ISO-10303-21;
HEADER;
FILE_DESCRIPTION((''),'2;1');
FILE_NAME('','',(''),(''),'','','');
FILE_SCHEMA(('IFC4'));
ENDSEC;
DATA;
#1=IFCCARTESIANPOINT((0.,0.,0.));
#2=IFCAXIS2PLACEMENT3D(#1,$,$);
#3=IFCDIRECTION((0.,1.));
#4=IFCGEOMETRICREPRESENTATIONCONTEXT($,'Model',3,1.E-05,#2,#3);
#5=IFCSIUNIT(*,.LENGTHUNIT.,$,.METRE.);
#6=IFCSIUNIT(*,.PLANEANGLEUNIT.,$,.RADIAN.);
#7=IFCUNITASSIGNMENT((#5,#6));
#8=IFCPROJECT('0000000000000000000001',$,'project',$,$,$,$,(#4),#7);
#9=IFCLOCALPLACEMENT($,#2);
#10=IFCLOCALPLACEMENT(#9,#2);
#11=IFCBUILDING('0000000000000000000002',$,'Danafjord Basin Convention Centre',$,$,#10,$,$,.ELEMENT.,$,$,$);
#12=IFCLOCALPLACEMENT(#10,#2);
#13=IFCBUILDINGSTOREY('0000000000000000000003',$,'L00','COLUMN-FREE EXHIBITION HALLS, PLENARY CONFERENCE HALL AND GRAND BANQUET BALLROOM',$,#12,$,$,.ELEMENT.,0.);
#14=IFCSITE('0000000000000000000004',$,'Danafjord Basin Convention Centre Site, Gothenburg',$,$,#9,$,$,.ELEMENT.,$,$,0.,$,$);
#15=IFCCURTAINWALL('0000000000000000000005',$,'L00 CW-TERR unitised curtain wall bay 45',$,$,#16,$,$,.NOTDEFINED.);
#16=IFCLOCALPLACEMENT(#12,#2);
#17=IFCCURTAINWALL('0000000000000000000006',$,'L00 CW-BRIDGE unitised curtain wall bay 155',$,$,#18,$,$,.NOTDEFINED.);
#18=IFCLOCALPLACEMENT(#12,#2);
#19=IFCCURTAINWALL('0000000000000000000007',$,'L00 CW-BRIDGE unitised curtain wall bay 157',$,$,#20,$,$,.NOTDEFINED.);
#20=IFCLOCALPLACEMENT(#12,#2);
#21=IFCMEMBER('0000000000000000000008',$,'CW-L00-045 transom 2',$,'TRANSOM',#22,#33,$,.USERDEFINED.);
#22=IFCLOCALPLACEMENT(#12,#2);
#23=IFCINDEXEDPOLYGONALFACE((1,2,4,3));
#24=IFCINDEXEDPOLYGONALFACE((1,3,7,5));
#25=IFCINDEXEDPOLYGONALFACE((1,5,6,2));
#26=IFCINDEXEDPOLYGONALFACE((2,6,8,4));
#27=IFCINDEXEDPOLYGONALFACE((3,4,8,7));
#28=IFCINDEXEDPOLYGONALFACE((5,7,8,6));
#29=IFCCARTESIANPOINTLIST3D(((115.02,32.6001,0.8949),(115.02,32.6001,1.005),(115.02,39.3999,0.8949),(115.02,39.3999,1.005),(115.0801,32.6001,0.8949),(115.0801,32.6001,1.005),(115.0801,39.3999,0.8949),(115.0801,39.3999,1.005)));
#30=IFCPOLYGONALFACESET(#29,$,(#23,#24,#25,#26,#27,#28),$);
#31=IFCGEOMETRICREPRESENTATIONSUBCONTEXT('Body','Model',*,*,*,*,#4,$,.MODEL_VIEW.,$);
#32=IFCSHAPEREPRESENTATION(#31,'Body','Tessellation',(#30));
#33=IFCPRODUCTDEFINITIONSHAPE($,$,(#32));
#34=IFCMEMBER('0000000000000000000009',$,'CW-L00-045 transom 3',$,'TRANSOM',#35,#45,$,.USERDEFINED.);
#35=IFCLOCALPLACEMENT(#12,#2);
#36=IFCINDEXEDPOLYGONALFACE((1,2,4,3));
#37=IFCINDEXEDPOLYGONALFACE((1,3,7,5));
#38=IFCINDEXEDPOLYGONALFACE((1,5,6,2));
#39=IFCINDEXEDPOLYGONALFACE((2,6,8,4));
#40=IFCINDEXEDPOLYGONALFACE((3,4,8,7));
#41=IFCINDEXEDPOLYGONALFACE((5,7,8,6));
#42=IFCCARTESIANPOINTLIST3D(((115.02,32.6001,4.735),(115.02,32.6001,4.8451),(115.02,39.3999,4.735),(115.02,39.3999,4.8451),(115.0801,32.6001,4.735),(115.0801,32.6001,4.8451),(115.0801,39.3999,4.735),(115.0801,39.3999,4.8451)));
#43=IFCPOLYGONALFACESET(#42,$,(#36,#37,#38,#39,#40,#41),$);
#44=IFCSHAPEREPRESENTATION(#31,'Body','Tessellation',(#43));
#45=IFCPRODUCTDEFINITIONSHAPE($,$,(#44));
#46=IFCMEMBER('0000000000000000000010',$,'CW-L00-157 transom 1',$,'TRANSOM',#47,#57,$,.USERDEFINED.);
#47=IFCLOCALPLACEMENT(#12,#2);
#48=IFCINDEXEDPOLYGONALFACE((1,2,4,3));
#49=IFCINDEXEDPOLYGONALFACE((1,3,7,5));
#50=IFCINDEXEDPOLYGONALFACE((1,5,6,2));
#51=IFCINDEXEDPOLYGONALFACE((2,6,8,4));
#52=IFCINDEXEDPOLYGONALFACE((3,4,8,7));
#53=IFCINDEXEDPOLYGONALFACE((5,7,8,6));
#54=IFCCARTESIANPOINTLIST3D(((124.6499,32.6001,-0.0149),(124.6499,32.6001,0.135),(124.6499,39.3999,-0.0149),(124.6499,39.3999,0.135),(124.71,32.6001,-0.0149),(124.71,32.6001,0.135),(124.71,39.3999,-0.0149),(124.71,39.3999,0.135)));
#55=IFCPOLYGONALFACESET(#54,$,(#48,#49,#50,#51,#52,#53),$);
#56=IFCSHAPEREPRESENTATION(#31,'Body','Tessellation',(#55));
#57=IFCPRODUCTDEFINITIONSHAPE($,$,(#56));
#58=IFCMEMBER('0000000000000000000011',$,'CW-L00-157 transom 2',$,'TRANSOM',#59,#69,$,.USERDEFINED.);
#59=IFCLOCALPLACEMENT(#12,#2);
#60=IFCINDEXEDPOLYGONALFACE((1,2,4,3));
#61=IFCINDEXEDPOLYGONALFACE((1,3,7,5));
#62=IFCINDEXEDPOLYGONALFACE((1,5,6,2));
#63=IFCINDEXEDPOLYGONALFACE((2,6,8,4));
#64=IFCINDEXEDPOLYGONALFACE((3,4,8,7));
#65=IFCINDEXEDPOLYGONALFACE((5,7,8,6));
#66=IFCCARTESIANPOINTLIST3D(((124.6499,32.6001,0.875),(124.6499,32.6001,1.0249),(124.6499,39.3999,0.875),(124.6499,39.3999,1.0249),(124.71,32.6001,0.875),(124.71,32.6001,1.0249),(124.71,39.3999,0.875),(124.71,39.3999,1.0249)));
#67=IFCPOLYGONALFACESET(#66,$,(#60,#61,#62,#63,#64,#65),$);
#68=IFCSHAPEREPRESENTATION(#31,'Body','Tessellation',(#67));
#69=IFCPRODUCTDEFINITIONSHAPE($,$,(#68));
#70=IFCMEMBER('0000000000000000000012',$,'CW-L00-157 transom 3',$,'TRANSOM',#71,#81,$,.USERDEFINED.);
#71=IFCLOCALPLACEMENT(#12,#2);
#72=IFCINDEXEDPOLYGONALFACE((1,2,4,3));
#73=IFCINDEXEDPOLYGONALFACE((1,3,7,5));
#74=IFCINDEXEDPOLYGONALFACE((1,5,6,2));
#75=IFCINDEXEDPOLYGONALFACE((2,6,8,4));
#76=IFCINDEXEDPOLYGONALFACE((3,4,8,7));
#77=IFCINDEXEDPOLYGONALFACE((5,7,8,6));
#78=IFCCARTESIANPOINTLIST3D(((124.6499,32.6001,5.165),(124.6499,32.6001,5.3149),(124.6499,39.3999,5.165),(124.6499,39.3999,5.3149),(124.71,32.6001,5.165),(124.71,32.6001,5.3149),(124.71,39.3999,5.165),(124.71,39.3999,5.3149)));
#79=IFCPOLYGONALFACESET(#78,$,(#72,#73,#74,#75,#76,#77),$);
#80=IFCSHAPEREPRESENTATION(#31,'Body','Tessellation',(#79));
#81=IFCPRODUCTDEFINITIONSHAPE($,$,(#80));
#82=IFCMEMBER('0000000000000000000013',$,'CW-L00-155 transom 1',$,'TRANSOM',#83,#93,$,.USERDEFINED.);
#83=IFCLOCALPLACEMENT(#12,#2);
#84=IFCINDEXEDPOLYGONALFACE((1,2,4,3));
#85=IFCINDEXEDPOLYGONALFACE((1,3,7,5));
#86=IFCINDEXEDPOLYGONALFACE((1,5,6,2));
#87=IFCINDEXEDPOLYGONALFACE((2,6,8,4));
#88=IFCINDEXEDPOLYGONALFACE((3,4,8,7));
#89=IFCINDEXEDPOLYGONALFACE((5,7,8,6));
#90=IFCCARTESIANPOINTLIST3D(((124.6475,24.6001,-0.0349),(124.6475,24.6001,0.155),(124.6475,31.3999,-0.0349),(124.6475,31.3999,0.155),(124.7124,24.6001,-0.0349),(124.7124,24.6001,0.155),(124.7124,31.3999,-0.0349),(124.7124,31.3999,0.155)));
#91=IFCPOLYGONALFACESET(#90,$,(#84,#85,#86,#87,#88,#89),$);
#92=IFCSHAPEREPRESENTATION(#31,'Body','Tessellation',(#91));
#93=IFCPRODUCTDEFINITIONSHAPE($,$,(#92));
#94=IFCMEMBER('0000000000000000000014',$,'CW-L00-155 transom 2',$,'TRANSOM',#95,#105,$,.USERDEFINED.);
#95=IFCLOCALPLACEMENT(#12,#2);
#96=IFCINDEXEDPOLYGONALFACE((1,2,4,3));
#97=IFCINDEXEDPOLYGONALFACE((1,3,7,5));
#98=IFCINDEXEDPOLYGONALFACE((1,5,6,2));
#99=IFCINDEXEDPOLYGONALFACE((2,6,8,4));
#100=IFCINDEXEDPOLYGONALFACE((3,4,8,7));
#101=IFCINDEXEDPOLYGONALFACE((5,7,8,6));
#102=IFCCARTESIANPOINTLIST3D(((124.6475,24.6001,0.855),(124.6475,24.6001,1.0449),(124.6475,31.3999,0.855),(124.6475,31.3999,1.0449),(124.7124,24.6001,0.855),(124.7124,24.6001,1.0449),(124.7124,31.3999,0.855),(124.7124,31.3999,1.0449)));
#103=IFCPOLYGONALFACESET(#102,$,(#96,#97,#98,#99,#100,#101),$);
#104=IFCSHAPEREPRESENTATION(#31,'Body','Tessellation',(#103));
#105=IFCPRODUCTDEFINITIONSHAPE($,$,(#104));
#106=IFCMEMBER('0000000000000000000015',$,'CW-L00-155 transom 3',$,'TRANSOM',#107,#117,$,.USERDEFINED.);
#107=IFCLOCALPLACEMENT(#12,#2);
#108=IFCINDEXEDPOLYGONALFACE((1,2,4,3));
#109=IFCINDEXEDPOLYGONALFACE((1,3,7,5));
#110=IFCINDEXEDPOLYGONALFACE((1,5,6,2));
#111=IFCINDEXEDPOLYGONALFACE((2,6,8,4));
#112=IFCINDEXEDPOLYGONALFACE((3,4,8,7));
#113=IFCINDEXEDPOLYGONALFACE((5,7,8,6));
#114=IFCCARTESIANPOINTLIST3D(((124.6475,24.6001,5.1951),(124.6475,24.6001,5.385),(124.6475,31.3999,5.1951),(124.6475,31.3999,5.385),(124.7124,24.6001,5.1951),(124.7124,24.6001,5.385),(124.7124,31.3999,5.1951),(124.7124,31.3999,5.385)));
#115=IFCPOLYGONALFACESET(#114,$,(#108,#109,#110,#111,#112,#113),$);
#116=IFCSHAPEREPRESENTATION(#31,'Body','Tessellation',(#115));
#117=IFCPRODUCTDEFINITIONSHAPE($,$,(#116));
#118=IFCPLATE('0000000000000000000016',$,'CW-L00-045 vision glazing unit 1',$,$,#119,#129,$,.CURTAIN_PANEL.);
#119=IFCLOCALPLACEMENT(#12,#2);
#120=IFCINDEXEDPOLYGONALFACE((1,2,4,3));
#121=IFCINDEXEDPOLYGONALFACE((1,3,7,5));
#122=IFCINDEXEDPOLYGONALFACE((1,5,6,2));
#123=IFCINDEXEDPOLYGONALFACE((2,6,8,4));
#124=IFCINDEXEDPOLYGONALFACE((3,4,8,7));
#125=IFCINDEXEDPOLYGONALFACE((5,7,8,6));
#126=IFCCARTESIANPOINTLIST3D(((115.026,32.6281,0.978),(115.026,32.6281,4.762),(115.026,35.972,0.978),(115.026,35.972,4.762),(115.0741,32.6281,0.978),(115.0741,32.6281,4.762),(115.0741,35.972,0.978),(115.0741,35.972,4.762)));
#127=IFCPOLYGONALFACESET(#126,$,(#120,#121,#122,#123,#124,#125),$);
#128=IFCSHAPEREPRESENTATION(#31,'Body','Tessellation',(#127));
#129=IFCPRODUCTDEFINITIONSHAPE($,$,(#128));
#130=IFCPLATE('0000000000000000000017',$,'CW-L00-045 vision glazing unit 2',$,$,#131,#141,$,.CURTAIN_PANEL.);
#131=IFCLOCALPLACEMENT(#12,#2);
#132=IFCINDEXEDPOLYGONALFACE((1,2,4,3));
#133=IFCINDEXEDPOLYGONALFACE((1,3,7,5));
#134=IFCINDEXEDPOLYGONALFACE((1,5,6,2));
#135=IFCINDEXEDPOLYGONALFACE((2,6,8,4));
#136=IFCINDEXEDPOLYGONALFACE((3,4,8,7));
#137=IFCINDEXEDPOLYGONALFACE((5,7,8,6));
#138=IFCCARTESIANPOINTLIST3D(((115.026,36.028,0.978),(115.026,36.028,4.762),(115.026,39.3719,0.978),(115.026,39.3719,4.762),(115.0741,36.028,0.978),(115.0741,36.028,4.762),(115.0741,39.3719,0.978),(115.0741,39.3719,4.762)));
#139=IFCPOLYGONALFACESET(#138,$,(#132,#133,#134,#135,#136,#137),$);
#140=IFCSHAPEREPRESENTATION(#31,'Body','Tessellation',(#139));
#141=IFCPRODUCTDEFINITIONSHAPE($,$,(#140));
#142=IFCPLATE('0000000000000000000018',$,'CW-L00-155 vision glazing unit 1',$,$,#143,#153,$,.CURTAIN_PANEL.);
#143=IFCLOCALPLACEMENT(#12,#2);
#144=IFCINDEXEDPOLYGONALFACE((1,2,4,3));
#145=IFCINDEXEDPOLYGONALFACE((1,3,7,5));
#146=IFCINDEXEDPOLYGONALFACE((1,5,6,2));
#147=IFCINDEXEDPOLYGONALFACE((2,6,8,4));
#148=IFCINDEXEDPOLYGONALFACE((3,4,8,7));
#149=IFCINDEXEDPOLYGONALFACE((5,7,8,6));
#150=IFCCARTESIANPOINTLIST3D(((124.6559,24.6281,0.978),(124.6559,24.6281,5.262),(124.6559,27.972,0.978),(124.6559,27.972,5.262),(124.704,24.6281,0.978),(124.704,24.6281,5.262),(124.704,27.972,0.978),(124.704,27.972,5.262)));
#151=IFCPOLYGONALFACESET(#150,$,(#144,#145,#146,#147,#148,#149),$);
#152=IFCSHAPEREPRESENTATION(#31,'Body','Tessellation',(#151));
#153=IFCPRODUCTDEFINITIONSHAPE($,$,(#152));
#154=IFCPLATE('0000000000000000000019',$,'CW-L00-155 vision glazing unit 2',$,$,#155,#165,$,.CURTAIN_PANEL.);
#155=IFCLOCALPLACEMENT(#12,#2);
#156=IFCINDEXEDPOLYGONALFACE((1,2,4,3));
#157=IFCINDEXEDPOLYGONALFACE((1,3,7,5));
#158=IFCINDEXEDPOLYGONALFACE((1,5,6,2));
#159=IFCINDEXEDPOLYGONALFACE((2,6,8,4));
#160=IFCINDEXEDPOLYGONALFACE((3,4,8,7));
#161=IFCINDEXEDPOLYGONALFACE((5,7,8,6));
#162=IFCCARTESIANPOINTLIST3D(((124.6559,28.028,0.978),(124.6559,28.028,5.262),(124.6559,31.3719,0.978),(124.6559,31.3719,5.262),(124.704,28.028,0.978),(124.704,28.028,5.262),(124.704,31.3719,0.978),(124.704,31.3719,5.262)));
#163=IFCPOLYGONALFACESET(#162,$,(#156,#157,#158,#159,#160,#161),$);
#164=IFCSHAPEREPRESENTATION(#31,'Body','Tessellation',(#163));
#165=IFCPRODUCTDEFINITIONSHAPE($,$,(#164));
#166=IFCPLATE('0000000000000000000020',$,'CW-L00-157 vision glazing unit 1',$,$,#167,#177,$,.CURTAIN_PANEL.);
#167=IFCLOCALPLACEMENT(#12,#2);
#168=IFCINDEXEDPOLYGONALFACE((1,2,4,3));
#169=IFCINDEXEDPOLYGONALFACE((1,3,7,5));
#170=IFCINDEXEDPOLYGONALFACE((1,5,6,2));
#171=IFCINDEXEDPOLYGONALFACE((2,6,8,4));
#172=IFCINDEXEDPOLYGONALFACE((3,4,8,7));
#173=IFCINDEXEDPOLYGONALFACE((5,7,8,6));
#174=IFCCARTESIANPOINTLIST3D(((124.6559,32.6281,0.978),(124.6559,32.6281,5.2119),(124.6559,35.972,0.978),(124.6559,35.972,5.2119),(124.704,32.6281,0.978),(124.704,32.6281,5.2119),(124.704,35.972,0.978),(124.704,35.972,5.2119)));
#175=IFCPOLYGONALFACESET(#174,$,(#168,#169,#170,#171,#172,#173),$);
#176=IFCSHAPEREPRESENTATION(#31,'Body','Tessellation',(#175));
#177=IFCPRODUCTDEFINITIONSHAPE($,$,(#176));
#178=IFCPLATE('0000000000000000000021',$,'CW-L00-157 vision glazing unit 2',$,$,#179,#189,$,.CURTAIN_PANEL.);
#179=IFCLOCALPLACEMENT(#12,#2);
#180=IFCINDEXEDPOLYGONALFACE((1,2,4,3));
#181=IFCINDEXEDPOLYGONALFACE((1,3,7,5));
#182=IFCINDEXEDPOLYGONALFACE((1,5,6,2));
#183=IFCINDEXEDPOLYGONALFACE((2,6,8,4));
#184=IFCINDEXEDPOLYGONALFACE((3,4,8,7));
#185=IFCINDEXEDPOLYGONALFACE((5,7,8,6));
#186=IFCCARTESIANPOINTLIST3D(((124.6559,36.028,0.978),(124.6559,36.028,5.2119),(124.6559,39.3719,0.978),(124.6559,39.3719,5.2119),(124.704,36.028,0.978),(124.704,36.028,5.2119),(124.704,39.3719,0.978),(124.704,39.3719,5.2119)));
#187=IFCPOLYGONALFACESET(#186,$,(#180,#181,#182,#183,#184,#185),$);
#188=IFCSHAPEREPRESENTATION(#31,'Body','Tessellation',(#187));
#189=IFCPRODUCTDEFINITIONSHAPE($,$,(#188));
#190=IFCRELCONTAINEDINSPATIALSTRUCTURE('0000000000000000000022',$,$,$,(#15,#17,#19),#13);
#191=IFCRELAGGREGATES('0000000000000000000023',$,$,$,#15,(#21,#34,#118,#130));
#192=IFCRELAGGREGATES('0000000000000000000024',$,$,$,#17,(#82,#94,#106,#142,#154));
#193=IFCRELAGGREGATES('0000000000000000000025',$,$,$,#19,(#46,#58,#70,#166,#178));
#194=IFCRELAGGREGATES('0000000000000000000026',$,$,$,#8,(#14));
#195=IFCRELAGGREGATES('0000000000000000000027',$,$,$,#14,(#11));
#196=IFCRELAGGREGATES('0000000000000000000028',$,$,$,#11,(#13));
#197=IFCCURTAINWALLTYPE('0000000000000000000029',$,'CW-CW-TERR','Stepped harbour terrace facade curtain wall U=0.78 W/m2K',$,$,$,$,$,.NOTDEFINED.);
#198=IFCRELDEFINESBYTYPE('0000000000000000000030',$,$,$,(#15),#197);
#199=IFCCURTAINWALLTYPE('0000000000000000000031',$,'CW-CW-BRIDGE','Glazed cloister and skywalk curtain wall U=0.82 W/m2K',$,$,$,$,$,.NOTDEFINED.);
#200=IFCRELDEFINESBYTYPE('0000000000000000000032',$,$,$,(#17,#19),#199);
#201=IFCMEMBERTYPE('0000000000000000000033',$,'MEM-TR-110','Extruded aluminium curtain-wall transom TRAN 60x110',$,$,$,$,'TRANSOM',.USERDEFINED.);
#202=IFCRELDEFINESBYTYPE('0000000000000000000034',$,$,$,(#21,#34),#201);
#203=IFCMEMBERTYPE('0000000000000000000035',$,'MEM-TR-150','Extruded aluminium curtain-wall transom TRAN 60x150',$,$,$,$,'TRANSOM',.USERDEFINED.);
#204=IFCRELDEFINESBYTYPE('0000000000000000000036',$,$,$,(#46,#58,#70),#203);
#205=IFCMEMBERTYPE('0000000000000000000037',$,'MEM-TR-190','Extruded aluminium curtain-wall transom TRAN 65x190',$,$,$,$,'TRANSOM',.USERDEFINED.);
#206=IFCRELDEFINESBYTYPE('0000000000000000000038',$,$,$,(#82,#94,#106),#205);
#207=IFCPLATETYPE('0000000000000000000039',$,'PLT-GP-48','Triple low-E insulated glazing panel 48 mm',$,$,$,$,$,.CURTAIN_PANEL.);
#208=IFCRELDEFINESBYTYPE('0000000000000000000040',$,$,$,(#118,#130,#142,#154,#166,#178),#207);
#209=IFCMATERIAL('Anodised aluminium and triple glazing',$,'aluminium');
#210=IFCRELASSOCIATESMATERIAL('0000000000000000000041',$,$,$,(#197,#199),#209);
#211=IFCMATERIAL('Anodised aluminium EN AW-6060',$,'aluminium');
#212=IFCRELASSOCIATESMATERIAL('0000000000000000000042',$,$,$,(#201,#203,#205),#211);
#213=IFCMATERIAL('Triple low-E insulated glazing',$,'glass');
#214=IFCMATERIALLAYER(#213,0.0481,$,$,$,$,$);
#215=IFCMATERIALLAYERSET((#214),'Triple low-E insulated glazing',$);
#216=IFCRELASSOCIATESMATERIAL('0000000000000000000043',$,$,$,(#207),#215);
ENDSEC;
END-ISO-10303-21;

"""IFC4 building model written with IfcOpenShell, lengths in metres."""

from ifc_helpers import new_model, si_unit, direction, frame, origin, origin_2d, place, context, subcontext, project, spatial, rectangle, extrude, material, layer, layer_set, material_profile, profile_set, type_object, element, aggregate, save


model = new_model("IFC4")

# Units and contexts
model_context = context("Model", 3, precision=1e-05, world=origin(), true_north=direction((0.0, 1.0)))
body_context = subcontext(model_context, "Body", "Model", "MODEL_VIEW")
ifc_project = project(units=[si_unit("LENGTHUNIT", "METRE"), si_unit("PLANEANGLEUNIT", "RADIAN")], contexts=[model_context])

# Site, building, storey
site_placement = place(None, origin())
site = spatial("IfcSite", under=ifc_project, at=site_placement, Name="Danafjord Basin Convention Centre Site, Gothenburg", CompositionType="ELEMENT", RefElevation=0.0)
building_placement = place(site_placement, origin())
building = spatial("IfcBuilding", under=site, at=building_placement, Name="Danafjord Basin Convention Centre", CompositionType="ELEMENT")
storey_placement = place(building_placement, origin())
storey = spatial("IfcBuildingStorey", under=building, at=storey_placement, Name="L00", Description="COLUMN-FREE EXHIBITION HALLS, PLENARY CONFERENCE HALL AND GRAND BANQUET BALLROOM", CompositionType="ELEMENT", Elevation=0.0)

# Curtain walls
ifc_material_1 = material(Name="Anodised aluminium and triple glazing", Category="aluminium")
curtain_wall_type_1 = type_object("IfcCurtainWallType", Name="CW-CW-TERR", Description="Stepped harbour terrace facade curtain wall U=0.78 W/m2K", PredefinedType="NOTDEFINED", material=ifc_material_1)
curtain_wall_1_placement = place(storey_placement, origin())
curtain_wall_1 = element("IfcCurtainWall", 1, at=curtain_wall_1_placement, inside=storey, type_object=curtain_wall_type_1, Name="L00 CW-TERR unitised curtain wall bay 45", PredefinedType="NOTDEFINED")
ifc_material_2 = material(Name="Anodised aluminium EN AW-6060", Category="aluminium")
curtain_wall_type_2 = type_object("IfcCurtainWallType", Name="CW-CW-BRIDGE", Description="Glazed cloister and skywalk curtain wall U=0.82 W/m2K", PredefinedType="NOTDEFINED", material=ifc_material_1)
curtain_wall_2_placement = place(storey_placement, origin())
curtain_wall_2 = element("IfcCurtainWall", 2, at=curtain_wall_2_placement, inside=storey, type_object=curtain_wall_type_2, Name="L00 CW-BRIDGE unitised curtain wall bay 155", PredefinedType="NOTDEFINED")
curtain_wall_3_placement = place(storey_placement, origin())
curtain_wall_3 = element("IfcCurtainWall", 3, at=curtain_wall_3_placement, inside=storey, type_object=curtain_wall_type_2, Name="L00 CW-BRIDGE unitised curtain wall bay 157", PredefinedType="NOTDEFINED")

# Members
ifc_material_profile_1 = material_profile(ifc_material_2, rectangle(XDim=0.0601, YDim=0.1101, at=origin_2d()), Name="TRAN 60x110")
ifc_profile_set_1 = profile_set([ifc_material_profile_1], Name="Anodised aluminium EN AW-6060")
member_type_1 = type_object("IfcMemberType", Name="MEM-TR-110", Description="Extruded aluminium curtain-wall transom TRAN 60x110", ElementType="TRANSOM", PredefinedType="USERDEFINED", material=ifc_profile_set_1)
member_1_placement = place(storey_placement, frame((115.05, 32.6001, 0.95), z_axis=(0.0, 1.0, 0.0), x_axis=(-1.0, 0.0, 0.0)))
member_1 = element("IfcMember", 4, at=member_1_placement, type_object=member_type_1, Name="CW-L00-045 transom 2", ObjectType="TRANSOM", PredefinedType="USERDEFINED", context=body_context, shape_type="SweptSolid", body=[
    extrude(rectangle(XDim=0.0601, YDim=0.1101, at=origin_2d()), origin(), (0.0, 0.0, 1.0), 6.7998),
])
member_2_placement = place(storey_placement, frame((115.05, 32.6001, 4.79), z_axis=(0.0, 1.0, 0.0), x_axis=(-1.0, 0.0, 0.0)))
member_2 = element("IfcMember", 5, at=member_2_placement, type_object=member_type_1, Name="CW-L00-045 transom 3", ObjectType="TRANSOM", PredefinedType="USERDEFINED", context=body_context, shape_type="SweptSolid", body=[
    extrude(rectangle(XDim=0.0601, YDim=0.1101, at=origin_2d()), origin(), (0.0, 0.0, 1.0), 6.7998),
])
ifc_material_profile_2 = material_profile(ifc_material_2, rectangle(XDim=0.0601, YDim=0.1499, at=origin_2d()), Name="TRAN 60x150")
ifc_profile_set_2 = profile_set([ifc_material_profile_2], Name="Anodised aluminium EN AW-6060")
member_type_2 = type_object("IfcMemberType", Name="MEM-TR-150", Description="Extruded aluminium curtain-wall transom TRAN 60x150", ElementType="TRANSOM", PredefinedType="USERDEFINED", material=ifc_profile_set_2)
member_3_placement = place(storey_placement, frame((124.6799, 32.6001, 0.0601), z_axis=(0.0, 1.0, 0.0), x_axis=(-1.0, 0.0, 0.0)))
member_3 = element("IfcMember", 6, at=member_3_placement, type_object=member_type_2, Name="CW-L00-157 transom 1", ObjectType="TRANSOM", PredefinedType="USERDEFINED", context=body_context, shape_type="SweptSolid", body=[
    extrude(rectangle(XDim=0.0601, YDim=0.1499, at=origin_2d()), origin(), (0.0, 0.0, 1.0), 6.7998),
])
member_4_placement = place(storey_placement, frame((124.6799, 32.6001, 0.95), z_axis=(0.0, 1.0, 0.0), x_axis=(-1.0, 0.0, 0.0)))
member_4 = element("IfcMember", 7, at=member_4_placement, type_object=member_type_2, Name="CW-L00-157 transom 2", ObjectType="TRANSOM", PredefinedType="USERDEFINED", context=body_context, shape_type="SweptSolid", body=[
    extrude(rectangle(XDim=0.0601, YDim=0.1499, at=origin_2d()), origin(), (0.0, 0.0, 1.0), 6.7998),
])
member_5_placement = place(storey_placement, frame((124.6799, 32.6001, 5.24), z_axis=(0.0, 1.0, 0.0), x_axis=(-1.0, 0.0, 0.0)))
member_5 = element("IfcMember", 8, at=member_5_placement, type_object=member_type_2, Name="CW-L00-157 transom 3", ObjectType="TRANSOM", PredefinedType="USERDEFINED", context=body_context, shape_type="SweptSolid", body=[
    extrude(rectangle(XDim=0.0601, YDim=0.1499, at=origin_2d()), origin(), (0.0, 0.0, 1.0), 6.7998),
])
ifc_material_profile_3 = material_profile(ifc_material_2, rectangle(XDim=0.0649, YDim=0.1899, at=origin_2d()), Name="TRAN 65x190")
ifc_profile_set_3 = profile_set([ifc_material_profile_3], Name="Anodised aluminium EN AW-6060")
member_type_3 = type_object("IfcMemberType", Name="MEM-TR-190", Description="Extruded aluminium curtain-wall transom TRAN 65x190", ElementType="TRANSOM", PredefinedType="USERDEFINED", material=ifc_profile_set_3)
member_6_placement = place(storey_placement, frame((124.6799, 24.6001, 0.0601), z_axis=(0.0, 1.0, 0.0), x_axis=(-1.0, 0.0, 0.0)))
member_6 = element("IfcMember", 9, at=member_6_placement, type_object=member_type_3, Name="CW-L00-155 transom 1", ObjectType="TRANSOM", PredefinedType="USERDEFINED", context=body_context, shape_type="SweptSolid", body=[
    extrude(rectangle(XDim=0.0649, YDim=0.1899, at=origin_2d()), origin(), (0.0, 0.0, 1.0), 6.7998),
])
member_7_placement = place(storey_placement, frame((124.6799, 24.6001, 0.95), z_axis=(0.0, 1.0, 0.0), x_axis=(-1.0, 0.0, 0.0)))
member_7 = element("IfcMember", 10, at=member_7_placement, type_object=member_type_3, Name="CW-L00-155 transom 2", ObjectType="TRANSOM", PredefinedType="USERDEFINED", context=body_context, shape_type="SweptSolid", body=[
    extrude(rectangle(XDim=0.0649, YDim=0.1899, at=origin_2d()), origin(), (0.0, 0.0, 1.0), 6.7998),
])
member_8_placement = place(storey_placement, frame((124.6799, 24.6001, 5.29), z_axis=(0.0, 1.0, 0.0), x_axis=(-1.0, 0.0, 0.0)))
member_8 = element("IfcMember", 11, at=member_8_placement, type_object=member_type_3, Name="CW-L00-155 transom 3", ObjectType="TRANSOM", PredefinedType="USERDEFINED", context=body_context, shape_type="SweptSolid", body=[
    extrude(rectangle(XDim=0.0649, YDim=0.1899, at=origin_2d()), origin(), (0.0, 0.0, 1.0), 6.7998),
])

# Plates
ifc_material_3 = material(Name="Triple low-E insulated glazing", Category="glass")
ifc_layer_1 = layer(ifc_material_3, 0.0481)
ifc_layer_set_1 = layer_set([ifc_layer_1], Name="Triple low-E insulated glazing")
plate_type_1 = type_object("IfcPlateType", Name="PLT-GP-48", Description="Triple low-E insulated glazing panel 48 mm", PredefinedType="CURTAIN_PANEL", material=ifc_layer_set_1)
plate_1_placement = place(storey_placement, frame((115.05, 34.3, 0.978), z_axis=(0.0, 0.0, 1.0), x_axis=(0.0, 1.0, 0.0)))
plate_1 = element("IfcPlate", 12, at=plate_1_placement, type_object=plate_type_1, Name="CW-L00-045 vision glazing unit 1", PredefinedType="CURTAIN_PANEL", context=body_context, shape_type="SweptSolid", body=[
    extrude(rectangle(XDim=3.344, YDim=0.0481, at=origin_2d()), origin(), (0.0, 0.0, 1.0), 3.7839),
])
plate_2_placement = place(storey_placement, frame((115.05, 37.7, 0.978), z_axis=(0.0, 0.0, 1.0), x_axis=(0.0, 1.0, 0.0)))
plate_2 = element("IfcPlate", 13, at=plate_2_placement, type_object=plate_type_1, Name="CW-L00-045 vision glazing unit 2", PredefinedType="CURTAIN_PANEL", context=body_context, shape_type="SweptSolid", body=[
    extrude(rectangle(XDim=3.344, YDim=0.0481, at=origin_2d()), origin(), (0.0, 0.0, 1.0), 3.7839),
])
plate_3_placement = place(storey_placement, frame((124.6799, 26.3, 0.978), z_axis=(0.0, 0.0, 1.0), x_axis=(0.0, 1.0, 0.0)))
plate_3 = element("IfcPlate", 14, at=plate_3_placement, type_object=plate_type_1, Name="CW-L00-155 vision glazing unit 1", PredefinedType="CURTAIN_PANEL", context=body_context, shape_type="SweptSolid", body=[
    extrude(rectangle(XDim=3.344, YDim=0.0481, at=origin_2d()), origin(), (0.0, 0.0, 1.0), 4.2839),
])
plate_4_placement = place(storey_placement, frame((124.6799, 29.7, 0.978), z_axis=(0.0, 0.0, 1.0), x_axis=(0.0, 1.0, 0.0)))
plate_4 = element("IfcPlate", 15, at=plate_4_placement, type_object=plate_type_1, Name="CW-L00-155 vision glazing unit 2", PredefinedType="CURTAIN_PANEL", context=body_context, shape_type="SweptSolid", body=[
    extrude(rectangle(XDim=3.344, YDim=0.0481, at=origin_2d()), origin(), (0.0, 0.0, 1.0), 4.2839),
])
plate_5_placement = place(storey_placement, frame((124.6799, 34.3, 0.978), z_axis=(0.0, 0.0, 1.0), x_axis=(0.0, 1.0, 0.0)))
plate_5 = element("IfcPlate", 16, at=plate_5_placement, type_object=plate_type_1, Name="CW-L00-157 vision glazing unit 1", PredefinedType="CURTAIN_PANEL", context=body_context, shape_type="SweptSolid", body=[
    extrude(rectangle(XDim=3.344, YDim=0.0481, at=origin_2d()), origin(), (0.0, 0.0, 1.0), 4.2339),
])
plate_6_placement = place(storey_placement, frame((124.6799, 37.7, 0.978), z_axis=(0.0, 0.0, 1.0), x_axis=(0.0, 1.0, 0.0)))
plate_6 = element("IfcPlate", 17, at=plate_6_placement, type_object=plate_type_1, Name="CW-L00-157 vision glazing unit 2", PredefinedType="CURTAIN_PANEL", context=body_context, shape_type="SweptSolid", body=[
    extrude(rectangle(XDim=3.344, YDim=0.0481, at=origin_2d()), origin(), (0.0, 0.0, 1.0), 4.2339),
])
aggregate(curtain_wall_1, [member_1, member_2, plate_1, plate_2])
aggregate(curtain_wall_2, [member_6, member_7, member_8, plate_3, plate_4])
aggregate(curtain_wall_3, [member_3, member_4, member_5, plate_5, plate_6])

save(model, "model.ifc")
